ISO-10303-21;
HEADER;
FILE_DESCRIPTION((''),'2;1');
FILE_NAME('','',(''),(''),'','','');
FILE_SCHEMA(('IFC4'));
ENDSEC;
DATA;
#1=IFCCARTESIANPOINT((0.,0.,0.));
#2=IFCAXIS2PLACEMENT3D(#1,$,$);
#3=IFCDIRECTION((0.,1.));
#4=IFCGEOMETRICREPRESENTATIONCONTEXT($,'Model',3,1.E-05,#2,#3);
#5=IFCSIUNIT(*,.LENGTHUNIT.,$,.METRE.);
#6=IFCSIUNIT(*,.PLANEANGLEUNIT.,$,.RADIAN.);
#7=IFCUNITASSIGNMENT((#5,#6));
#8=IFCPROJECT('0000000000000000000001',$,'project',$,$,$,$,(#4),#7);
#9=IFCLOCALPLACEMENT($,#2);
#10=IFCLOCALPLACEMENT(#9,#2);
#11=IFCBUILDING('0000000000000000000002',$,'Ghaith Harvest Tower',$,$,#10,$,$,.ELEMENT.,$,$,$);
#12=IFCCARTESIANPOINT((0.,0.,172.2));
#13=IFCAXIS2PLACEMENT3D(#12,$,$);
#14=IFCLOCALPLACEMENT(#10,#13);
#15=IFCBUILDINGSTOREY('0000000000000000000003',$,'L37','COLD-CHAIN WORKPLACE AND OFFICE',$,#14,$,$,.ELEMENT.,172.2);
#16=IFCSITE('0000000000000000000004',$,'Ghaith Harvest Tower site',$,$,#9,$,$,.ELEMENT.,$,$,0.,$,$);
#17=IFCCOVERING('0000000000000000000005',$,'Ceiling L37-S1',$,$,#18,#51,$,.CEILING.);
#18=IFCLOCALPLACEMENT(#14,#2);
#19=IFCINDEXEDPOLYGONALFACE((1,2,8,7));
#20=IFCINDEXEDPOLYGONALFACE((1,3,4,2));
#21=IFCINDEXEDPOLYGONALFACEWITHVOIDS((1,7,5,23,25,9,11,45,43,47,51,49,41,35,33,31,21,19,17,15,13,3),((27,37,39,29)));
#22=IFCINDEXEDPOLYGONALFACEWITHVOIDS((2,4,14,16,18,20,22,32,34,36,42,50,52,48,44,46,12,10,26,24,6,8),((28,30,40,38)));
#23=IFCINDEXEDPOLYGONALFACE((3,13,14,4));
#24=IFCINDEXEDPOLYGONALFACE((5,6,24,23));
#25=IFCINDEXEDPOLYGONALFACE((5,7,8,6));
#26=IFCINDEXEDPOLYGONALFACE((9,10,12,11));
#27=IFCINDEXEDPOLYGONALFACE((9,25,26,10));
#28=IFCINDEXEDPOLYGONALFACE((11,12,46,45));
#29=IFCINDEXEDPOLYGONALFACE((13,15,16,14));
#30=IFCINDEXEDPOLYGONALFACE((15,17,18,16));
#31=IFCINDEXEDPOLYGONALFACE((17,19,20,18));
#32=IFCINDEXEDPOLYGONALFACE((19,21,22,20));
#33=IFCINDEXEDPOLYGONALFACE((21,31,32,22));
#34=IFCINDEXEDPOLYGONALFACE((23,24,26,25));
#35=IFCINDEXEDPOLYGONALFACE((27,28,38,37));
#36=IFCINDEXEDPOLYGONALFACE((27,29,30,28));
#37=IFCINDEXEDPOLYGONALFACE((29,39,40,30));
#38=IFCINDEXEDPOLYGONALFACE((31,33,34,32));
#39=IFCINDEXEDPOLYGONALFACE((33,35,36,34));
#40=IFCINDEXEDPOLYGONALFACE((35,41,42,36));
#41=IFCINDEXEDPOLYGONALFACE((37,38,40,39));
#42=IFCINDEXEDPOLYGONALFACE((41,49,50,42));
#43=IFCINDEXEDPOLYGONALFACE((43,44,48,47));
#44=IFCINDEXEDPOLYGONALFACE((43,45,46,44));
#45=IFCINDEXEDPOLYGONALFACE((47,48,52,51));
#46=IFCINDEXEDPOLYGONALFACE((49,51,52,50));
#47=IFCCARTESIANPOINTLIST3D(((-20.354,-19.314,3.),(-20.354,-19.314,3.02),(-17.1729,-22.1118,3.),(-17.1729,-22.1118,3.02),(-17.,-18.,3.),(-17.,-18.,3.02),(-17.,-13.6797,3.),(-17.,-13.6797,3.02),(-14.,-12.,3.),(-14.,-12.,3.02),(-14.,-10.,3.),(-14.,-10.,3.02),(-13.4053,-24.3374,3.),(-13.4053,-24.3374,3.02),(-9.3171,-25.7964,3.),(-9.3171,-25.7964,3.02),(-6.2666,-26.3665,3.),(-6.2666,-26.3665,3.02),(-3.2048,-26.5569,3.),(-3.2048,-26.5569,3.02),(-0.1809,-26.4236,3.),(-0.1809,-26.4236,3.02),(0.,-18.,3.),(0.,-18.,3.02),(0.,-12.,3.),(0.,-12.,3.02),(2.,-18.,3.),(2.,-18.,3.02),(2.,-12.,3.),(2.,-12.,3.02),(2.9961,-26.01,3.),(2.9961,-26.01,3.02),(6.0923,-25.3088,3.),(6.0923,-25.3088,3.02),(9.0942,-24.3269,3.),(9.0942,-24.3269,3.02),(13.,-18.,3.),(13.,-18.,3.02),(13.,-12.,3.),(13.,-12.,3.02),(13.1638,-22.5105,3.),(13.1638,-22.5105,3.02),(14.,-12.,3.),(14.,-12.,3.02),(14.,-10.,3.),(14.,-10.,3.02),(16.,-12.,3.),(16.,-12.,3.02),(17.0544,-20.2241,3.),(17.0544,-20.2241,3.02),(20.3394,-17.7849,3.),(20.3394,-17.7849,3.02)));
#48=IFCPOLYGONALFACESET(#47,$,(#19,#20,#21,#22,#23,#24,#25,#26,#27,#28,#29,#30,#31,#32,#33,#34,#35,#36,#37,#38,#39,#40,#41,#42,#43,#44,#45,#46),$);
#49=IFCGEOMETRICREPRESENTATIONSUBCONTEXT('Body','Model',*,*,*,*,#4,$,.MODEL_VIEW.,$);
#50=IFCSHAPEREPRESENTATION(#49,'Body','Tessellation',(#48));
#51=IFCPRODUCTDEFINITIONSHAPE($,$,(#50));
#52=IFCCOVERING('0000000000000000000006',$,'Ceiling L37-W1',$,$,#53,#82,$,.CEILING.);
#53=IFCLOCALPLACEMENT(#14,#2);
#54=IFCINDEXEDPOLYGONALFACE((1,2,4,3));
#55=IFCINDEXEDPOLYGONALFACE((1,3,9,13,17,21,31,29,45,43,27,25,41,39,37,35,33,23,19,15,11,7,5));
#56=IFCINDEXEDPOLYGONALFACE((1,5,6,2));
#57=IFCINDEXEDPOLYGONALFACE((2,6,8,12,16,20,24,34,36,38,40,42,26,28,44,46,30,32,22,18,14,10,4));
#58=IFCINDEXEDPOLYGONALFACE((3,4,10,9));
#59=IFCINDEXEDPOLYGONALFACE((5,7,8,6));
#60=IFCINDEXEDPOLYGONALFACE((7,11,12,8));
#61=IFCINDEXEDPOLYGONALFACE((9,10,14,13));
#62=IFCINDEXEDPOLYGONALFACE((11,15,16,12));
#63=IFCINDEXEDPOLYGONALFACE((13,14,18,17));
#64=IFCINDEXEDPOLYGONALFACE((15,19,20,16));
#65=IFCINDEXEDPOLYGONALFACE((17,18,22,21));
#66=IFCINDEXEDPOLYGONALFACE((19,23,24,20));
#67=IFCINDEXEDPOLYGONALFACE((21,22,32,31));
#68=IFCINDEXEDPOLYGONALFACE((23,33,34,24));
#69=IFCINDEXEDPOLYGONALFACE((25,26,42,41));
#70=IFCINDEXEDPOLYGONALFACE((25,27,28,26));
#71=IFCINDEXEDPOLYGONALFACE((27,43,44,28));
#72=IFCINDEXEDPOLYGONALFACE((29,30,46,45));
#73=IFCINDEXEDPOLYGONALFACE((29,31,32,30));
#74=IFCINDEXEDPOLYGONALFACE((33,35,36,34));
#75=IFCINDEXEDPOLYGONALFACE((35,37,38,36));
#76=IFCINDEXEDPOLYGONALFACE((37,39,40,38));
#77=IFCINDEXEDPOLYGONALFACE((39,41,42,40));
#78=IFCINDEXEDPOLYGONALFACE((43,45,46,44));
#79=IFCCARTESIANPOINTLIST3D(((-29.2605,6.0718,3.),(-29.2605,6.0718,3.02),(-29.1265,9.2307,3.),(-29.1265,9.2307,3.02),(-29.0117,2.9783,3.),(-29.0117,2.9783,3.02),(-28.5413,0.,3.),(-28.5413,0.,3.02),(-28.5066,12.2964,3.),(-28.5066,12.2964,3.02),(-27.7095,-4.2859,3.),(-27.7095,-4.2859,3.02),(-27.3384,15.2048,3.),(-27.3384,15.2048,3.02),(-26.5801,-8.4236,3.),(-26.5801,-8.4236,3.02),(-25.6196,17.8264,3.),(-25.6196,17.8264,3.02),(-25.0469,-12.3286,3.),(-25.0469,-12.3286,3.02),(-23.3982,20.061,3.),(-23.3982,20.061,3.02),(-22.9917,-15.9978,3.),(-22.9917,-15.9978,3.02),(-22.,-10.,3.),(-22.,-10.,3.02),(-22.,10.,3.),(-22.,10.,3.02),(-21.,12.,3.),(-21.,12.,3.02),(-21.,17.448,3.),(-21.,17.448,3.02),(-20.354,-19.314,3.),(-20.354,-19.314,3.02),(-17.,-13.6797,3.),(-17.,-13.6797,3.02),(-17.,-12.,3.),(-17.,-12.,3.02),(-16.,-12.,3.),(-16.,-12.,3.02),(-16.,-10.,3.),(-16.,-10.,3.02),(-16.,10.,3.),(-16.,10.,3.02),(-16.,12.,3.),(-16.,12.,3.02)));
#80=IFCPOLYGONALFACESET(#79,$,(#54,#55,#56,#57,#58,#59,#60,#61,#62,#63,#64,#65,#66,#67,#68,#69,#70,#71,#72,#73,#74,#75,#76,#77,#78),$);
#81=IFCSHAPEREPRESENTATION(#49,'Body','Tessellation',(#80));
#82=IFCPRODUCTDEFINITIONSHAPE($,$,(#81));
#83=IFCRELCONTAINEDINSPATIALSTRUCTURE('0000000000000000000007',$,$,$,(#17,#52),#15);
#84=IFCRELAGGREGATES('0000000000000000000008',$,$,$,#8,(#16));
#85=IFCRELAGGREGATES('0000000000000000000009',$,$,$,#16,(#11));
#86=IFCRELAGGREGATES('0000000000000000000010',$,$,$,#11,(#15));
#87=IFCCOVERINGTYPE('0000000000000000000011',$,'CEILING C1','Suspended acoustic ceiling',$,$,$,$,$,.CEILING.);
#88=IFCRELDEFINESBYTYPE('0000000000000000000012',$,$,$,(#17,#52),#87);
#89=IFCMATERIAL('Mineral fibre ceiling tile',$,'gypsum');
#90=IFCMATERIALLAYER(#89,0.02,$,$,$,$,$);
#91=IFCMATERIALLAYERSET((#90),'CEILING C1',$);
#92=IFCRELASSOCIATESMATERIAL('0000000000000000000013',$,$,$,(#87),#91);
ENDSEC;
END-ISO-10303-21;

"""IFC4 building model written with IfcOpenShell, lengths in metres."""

from ifc_helpers import new_model, si_unit, direction, frame, origin, place, context, subcontext, project, spatial, polyline, outline, extrude, material, layer, layer_set, type_object, element, save


model = new_model("IFC4")

# Units and contexts
model_context = context("Model", 3, precision=1e-05, world=origin(), true_north=direction((0.0, 1.0)))
body_context = subcontext(model_context, "Body", "Model", "MODEL_VIEW")
ifc_project = project(units=[si_unit("LENGTHUNIT", "METRE"), si_unit("PLANEANGLEUNIT", "RADIAN")], contexts=[model_context])

# Site, building, storey
site_placement = place(None, origin())
site = spatial("IfcSite", under=ifc_project, at=site_placement, Name="Ghaith Harvest Tower site", CompositionType="ELEMENT", RefElevation=0.0)
building_placement = place(site_placement, origin())
building = spatial("IfcBuilding", under=site, at=building_placement, Name="Ghaith Harvest Tower", CompositionType="ELEMENT")
storey_placement = place(building_placement, frame((0.0, 0.0, 172.2)))
storey = spatial("IfcBuildingStorey", under=building, at=storey_placement, Name="L37", Description="COLD-CHAIN WORKPLACE AND OFFICE", CompositionType="ELEMENT", Elevation=172.2)

# Coverings
ifc_material_1 = material(Name="Mineral fibre ceiling tile", Category="gypsum")
ifc_layer_1 = layer(ifc_material_1, 0.02)
ifc_layer_set_1 = layer_set([ifc_layer_1], Name="CEILING C1")
covering_type = type_object("IfcCoveringType", Name="CEILING C1", Description="Suspended acoustic ceiling", PredefinedType="CEILING", material=ifc_layer_set_1)
covering_1_placement = place(storey_placement, frame((0.0, 0.0, 3.0)))
element("IfcCovering", 1, at=covering_1_placement, inside=storey, type_object=covering_type, Name="Ceiling L37-S1", PredefinedType="CEILING", context=body_context, shape_type="SweptSolid", body=[
    extrude(outline(polyline([(17.0544, -20.2241), (13.1638, -22.5105), (9.0942, -24.3269), (6.0923, -25.3088), (2.9961, -26.01), (-0.1809, -26.4236), (-3.2048, -26.5569), (-6.2666, -26.3665), (-9.3171, -25.7964), (-13.4053, -24.3374), (-17.1729, -22.1118), (-20.354, -19.314), (-17.0, -13.6797), (-17.0, -18.0), (0.0, -18.0), (0.0, -12.0), (-14.0, -12.0), (-14.0, -10.0), (14.0, -10.0), (14.0, -12.0), (16.0, -12.0), (20.3394, -17.7849), (17.0544, -20.2241)]), holes=[polyline([(2.0, -18.0), (13.0, -18.0), (13.0, -12.0), (2.0, -12.0), (2.0, -18.0)])]), origin(), (0.0, 0.0, 1.0), 0.02),
])
covering_2_placement = place(storey_placement, frame((0.0, 0.0, 3.0)))
element("IfcCovering", 2, at=covering_2_placement, inside=storey, type_object=covering_type, Name="Ceiling L37-W1", PredefinedType="CEILING", context=body_context, shape_type="SweptSolid", body=[
    extrude(outline(polyline([(-28.5066, 12.2964), (-27.3384, 15.2048), (-25.6196, 17.8264), (-23.3982, 20.061), (-21.0, 17.448), (-21.0, 12.0), (-16.0, 12.0), (-16.0, 10.0), (-22.0, 10.0), (-22.0, -10.0), (-16.0, -10.0), (-16.0, -12.0), (-17.0, -12.0), (-17.0, -13.6797), (-20.354, -19.314), (-22.9917, -15.9978), (-25.0469, -12.3286), (-26.5801, -8.4236), (-27.7095, -4.2859), (-28.5413, 0.0), (-29.0117, 2.9783), (-29.2605, 6.0718), (-29.1265, 9.2307), (-28.5066, 12.2964)])), origin(), (0.0, 0.0, 1.0), 0.02),
])

save(model, "model.ifc")
